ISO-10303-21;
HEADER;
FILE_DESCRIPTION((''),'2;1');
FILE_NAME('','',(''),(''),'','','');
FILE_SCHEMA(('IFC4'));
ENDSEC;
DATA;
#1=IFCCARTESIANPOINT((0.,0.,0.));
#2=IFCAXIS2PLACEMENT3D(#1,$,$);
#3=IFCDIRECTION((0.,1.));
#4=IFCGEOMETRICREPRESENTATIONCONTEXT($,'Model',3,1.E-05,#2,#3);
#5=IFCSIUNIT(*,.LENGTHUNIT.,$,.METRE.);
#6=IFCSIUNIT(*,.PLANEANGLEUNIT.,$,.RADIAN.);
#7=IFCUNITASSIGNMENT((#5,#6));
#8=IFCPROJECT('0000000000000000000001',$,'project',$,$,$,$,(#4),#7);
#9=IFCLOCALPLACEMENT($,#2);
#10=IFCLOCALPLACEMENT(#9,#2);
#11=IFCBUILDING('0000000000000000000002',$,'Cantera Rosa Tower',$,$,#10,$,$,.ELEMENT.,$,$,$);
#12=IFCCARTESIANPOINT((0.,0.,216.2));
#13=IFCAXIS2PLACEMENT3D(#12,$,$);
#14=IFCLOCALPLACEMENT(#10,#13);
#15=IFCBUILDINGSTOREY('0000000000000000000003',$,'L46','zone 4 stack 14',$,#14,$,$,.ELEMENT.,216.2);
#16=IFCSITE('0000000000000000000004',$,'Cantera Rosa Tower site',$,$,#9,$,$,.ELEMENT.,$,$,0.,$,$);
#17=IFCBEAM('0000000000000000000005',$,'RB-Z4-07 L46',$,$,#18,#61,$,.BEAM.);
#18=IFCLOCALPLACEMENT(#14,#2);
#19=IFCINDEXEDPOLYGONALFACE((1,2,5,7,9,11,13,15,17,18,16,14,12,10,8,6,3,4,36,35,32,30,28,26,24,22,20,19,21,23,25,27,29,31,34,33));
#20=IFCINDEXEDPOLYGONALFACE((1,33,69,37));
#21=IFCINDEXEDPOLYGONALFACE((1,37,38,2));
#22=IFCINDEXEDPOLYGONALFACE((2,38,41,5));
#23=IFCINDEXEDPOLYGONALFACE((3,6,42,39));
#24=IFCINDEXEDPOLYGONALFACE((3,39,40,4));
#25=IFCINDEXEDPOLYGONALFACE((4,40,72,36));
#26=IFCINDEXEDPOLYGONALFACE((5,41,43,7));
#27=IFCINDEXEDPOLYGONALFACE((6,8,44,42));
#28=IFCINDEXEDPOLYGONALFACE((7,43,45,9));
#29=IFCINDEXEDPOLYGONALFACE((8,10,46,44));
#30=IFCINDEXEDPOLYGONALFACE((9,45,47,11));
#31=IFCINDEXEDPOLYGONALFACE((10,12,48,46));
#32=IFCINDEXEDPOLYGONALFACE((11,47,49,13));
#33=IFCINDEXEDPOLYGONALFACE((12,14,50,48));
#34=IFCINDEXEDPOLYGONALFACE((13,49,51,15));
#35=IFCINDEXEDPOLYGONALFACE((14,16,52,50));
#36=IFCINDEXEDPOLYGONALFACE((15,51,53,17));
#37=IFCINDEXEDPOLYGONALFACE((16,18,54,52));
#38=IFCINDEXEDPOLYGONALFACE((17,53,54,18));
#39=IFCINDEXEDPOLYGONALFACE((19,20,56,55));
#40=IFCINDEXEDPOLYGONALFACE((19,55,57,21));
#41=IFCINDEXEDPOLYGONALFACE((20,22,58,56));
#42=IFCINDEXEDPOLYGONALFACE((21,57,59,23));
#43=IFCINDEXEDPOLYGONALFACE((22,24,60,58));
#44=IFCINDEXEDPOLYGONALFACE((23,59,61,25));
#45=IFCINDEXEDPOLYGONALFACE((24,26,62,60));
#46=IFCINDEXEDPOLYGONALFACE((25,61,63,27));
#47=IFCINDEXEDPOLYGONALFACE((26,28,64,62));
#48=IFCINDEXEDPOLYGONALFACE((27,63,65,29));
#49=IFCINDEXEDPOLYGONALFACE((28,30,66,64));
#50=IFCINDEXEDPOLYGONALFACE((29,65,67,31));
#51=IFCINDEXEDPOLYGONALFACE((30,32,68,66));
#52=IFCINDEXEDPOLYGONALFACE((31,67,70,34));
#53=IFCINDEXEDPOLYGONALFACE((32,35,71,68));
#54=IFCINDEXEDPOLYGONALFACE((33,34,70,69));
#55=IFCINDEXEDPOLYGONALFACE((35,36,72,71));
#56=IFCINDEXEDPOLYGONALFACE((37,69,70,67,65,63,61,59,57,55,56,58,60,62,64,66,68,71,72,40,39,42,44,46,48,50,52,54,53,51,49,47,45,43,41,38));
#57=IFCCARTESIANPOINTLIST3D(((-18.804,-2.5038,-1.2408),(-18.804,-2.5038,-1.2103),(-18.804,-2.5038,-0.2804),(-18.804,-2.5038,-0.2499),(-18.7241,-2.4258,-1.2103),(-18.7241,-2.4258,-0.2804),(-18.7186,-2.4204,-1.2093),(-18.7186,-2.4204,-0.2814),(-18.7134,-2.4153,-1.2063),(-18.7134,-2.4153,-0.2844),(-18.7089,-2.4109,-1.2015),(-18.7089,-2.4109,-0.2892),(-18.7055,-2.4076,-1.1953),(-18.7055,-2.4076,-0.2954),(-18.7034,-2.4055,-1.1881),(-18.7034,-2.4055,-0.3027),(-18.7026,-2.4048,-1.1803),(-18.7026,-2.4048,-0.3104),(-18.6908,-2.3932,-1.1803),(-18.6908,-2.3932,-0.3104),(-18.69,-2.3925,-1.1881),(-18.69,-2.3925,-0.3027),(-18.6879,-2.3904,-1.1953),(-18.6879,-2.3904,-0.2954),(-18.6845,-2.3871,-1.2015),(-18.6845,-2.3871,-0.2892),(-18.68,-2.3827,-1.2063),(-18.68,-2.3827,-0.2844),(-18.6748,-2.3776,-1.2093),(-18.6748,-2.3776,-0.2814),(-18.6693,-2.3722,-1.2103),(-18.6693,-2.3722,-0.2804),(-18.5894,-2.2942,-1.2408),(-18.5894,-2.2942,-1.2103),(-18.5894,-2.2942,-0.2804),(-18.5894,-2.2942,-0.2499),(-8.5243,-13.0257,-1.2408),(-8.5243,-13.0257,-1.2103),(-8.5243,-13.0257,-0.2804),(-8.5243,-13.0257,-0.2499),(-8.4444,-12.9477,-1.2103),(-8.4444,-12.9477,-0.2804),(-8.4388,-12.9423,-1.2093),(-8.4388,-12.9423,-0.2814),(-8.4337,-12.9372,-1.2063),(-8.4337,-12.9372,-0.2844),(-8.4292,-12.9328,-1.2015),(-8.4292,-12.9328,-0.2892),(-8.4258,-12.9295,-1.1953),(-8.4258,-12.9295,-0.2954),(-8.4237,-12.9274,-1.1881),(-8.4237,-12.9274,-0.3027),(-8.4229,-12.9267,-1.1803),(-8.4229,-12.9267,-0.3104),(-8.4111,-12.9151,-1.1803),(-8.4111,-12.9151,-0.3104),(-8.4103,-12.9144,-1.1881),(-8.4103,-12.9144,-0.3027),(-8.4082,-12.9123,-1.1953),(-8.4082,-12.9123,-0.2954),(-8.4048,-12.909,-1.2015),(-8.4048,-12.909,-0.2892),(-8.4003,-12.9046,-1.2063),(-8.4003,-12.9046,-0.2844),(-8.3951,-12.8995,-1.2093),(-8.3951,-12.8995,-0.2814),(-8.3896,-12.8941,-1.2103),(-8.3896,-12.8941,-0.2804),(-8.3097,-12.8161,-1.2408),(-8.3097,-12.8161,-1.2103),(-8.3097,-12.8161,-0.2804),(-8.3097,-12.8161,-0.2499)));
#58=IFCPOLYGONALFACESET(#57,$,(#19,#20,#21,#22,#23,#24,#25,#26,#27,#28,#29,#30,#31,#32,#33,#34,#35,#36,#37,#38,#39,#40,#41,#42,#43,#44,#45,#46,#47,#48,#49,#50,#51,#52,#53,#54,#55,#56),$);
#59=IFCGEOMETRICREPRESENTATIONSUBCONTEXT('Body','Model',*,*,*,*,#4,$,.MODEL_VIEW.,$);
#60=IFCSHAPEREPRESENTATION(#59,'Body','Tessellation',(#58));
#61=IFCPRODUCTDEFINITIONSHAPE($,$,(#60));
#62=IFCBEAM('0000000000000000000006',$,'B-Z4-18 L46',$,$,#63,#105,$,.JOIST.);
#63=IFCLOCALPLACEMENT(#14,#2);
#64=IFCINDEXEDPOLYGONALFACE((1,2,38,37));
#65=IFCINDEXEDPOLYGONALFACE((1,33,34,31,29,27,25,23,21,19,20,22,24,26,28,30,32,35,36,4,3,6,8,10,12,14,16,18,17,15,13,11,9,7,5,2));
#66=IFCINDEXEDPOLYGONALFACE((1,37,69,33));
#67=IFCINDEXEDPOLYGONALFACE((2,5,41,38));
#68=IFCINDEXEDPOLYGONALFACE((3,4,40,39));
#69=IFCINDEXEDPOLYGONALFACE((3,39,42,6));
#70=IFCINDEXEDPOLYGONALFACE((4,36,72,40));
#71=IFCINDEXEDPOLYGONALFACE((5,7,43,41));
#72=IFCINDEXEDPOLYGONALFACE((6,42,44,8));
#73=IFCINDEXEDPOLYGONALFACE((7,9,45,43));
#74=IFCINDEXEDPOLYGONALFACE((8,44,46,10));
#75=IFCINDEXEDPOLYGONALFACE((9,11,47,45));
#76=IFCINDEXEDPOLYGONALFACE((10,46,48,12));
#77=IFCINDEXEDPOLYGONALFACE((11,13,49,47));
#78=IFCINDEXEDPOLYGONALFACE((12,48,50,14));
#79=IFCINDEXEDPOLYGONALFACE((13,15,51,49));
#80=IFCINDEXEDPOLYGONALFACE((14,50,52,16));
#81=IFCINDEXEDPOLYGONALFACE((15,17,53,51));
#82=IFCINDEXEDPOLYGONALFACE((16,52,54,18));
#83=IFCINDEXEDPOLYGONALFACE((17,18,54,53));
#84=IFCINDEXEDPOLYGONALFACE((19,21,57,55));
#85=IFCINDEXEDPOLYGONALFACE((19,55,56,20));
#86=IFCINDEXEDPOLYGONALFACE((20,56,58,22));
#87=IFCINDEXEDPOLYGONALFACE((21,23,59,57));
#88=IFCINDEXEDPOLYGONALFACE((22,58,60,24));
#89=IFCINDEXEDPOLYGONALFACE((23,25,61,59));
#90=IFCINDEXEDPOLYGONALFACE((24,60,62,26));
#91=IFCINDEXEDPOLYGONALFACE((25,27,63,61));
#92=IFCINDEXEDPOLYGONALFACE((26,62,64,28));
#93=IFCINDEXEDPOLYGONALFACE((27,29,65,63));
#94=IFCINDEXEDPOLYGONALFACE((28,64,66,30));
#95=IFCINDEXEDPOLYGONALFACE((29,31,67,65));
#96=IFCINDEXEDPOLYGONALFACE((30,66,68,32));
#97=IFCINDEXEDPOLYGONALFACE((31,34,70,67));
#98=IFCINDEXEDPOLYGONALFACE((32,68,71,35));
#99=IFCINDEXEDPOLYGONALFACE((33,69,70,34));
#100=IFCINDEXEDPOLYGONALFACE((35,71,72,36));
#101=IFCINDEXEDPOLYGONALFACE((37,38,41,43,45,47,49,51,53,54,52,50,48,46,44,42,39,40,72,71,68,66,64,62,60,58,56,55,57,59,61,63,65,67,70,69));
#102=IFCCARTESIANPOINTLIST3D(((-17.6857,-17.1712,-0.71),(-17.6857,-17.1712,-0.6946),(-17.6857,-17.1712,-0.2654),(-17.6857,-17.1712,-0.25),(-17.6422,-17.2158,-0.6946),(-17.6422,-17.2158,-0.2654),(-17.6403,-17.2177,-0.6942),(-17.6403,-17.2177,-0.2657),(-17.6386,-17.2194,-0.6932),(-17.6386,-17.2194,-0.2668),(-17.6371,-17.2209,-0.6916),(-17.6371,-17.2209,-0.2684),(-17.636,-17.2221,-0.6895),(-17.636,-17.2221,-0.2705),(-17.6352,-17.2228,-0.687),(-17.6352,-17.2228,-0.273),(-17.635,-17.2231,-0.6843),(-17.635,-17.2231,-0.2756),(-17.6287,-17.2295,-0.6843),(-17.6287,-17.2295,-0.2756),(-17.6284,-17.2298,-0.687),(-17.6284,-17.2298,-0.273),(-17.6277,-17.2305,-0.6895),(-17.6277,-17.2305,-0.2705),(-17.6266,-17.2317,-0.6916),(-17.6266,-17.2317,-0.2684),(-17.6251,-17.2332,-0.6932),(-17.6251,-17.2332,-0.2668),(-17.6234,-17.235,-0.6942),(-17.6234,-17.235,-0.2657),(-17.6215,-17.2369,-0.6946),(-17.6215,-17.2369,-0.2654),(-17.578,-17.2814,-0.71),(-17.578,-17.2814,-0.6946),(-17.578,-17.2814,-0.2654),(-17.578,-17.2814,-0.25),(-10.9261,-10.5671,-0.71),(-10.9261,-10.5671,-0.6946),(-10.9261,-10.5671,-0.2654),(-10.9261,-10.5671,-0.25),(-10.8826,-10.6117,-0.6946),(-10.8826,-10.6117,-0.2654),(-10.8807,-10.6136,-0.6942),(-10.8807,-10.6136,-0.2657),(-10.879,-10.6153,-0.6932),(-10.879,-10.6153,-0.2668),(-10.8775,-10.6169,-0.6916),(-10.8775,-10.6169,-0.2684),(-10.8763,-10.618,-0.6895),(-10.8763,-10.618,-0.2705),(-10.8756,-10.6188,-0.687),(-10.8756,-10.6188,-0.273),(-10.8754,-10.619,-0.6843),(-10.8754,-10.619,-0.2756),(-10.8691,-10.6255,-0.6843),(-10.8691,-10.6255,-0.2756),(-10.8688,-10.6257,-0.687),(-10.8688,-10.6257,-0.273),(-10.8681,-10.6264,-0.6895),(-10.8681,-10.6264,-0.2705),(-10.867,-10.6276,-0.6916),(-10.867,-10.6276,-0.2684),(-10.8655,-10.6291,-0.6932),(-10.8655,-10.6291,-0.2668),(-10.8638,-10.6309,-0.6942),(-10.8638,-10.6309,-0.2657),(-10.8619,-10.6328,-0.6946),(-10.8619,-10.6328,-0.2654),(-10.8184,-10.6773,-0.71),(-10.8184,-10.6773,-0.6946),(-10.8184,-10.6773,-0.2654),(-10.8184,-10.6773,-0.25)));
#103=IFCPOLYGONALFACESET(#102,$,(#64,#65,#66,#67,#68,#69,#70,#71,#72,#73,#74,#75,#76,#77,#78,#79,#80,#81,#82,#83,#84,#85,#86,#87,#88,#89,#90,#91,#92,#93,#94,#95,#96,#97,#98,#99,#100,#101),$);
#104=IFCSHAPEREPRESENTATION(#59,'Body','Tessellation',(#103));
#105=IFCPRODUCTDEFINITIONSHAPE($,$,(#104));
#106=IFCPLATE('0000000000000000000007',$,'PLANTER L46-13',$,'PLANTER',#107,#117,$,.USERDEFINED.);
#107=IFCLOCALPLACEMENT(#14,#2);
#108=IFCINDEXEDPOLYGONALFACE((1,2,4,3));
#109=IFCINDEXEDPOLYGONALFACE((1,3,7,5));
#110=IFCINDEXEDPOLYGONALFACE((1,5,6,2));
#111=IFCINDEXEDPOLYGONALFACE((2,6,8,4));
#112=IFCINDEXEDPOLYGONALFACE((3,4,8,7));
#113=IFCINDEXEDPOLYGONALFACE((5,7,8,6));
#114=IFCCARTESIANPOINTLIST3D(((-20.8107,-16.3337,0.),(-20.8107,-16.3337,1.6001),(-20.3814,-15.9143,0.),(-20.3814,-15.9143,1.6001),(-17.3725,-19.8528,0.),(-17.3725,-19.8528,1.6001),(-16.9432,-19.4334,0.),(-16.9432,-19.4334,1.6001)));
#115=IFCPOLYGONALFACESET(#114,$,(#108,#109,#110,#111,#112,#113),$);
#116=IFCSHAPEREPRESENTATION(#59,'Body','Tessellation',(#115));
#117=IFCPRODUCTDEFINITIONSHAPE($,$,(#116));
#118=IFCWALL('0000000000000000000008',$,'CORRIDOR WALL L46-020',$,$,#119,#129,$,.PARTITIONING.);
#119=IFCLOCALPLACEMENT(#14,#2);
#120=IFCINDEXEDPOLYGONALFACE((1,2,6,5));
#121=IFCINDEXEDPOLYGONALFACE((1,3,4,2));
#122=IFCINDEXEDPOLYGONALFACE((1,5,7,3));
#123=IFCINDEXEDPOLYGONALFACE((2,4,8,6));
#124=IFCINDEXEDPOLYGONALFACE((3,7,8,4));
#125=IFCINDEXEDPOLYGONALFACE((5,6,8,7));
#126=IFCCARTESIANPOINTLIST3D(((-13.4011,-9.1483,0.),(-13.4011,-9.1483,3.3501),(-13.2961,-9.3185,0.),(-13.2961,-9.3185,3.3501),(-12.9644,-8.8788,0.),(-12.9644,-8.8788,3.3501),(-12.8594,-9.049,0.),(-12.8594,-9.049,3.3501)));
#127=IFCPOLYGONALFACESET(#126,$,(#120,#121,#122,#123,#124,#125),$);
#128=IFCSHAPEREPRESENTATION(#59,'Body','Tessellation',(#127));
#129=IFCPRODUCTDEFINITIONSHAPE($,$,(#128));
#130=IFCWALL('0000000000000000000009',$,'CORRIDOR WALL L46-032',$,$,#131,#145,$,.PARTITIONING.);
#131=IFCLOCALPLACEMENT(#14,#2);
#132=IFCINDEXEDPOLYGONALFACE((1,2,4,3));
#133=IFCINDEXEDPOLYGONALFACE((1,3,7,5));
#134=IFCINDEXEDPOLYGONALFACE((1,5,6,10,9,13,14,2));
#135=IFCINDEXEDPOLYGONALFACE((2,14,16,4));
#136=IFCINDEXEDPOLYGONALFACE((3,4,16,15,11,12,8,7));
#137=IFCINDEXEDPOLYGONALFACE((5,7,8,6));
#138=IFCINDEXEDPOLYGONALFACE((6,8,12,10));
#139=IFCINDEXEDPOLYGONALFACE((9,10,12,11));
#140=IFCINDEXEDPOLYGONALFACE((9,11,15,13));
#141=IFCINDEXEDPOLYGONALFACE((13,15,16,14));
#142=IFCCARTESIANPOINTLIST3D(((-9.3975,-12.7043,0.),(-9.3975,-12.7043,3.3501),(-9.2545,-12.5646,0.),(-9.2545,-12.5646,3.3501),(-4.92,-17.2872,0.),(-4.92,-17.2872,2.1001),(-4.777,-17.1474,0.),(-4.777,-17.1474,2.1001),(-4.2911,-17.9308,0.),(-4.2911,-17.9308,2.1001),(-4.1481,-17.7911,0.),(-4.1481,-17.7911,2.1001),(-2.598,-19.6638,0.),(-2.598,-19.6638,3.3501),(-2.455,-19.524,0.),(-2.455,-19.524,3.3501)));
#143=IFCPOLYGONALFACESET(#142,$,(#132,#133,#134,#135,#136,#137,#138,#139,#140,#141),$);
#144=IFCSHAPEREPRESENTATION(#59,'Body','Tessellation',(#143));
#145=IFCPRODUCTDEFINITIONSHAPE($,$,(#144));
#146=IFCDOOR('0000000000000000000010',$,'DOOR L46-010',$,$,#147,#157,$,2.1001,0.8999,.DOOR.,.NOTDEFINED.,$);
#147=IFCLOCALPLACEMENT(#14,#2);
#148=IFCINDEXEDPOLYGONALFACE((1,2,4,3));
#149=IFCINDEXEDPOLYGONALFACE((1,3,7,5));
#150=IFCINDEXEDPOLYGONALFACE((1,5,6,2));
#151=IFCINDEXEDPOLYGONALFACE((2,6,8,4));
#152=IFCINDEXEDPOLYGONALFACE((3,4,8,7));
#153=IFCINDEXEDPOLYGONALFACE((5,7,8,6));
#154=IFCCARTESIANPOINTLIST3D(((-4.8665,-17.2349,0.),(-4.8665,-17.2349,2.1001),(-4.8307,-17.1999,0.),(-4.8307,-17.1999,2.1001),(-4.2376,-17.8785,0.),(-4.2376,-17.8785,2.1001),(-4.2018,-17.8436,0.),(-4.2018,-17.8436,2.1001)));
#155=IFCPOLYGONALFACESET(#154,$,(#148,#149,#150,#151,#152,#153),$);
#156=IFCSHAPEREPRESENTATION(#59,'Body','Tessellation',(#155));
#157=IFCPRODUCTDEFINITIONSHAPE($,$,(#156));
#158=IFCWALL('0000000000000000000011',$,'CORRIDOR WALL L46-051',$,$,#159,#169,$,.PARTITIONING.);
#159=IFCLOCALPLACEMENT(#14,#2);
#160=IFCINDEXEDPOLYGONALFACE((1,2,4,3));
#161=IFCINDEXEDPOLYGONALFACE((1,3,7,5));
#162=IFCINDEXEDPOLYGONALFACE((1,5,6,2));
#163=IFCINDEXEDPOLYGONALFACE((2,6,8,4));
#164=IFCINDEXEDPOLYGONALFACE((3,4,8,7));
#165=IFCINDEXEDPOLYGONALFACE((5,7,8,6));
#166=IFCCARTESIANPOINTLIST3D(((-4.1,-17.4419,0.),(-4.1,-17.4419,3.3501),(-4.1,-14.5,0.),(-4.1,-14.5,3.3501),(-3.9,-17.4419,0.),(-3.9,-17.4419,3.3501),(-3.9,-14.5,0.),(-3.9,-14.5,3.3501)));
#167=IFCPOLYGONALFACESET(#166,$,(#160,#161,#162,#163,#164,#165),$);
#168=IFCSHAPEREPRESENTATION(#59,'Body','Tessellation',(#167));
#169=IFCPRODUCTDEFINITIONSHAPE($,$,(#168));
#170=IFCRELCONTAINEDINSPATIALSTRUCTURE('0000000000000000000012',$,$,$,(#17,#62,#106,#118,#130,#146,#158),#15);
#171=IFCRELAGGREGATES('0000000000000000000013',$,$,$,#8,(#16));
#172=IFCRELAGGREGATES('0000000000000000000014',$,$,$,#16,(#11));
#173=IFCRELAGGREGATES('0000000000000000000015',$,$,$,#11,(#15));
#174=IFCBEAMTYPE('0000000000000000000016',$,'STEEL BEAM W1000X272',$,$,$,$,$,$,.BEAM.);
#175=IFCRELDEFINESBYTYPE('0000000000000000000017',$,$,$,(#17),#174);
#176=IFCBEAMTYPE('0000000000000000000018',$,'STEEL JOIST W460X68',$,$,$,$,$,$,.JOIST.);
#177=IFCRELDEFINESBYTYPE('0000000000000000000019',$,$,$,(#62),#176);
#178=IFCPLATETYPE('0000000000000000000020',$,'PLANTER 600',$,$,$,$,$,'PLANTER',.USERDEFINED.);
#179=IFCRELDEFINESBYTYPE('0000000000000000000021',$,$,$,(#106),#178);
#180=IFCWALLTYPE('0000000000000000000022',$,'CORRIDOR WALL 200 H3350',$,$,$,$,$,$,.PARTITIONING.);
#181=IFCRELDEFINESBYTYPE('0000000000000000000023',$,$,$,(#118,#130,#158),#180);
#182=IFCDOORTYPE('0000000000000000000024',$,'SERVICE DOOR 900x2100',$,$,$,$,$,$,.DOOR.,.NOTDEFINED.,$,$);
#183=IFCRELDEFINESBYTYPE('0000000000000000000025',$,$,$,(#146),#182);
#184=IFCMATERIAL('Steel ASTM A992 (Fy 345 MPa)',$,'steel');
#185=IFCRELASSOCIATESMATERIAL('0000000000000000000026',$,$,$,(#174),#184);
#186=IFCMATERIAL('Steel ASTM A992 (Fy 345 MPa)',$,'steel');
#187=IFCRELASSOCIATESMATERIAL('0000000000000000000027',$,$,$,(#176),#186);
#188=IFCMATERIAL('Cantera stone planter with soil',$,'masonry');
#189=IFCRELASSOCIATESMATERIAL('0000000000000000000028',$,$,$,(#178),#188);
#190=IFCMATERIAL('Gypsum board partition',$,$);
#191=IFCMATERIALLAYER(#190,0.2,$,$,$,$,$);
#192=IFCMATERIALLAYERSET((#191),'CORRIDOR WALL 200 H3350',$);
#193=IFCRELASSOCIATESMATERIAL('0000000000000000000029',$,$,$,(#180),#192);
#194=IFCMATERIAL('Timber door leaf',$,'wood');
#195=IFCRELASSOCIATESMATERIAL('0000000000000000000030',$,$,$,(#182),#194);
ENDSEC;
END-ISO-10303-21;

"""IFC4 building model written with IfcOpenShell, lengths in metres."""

from ifc_helpers import new_model, si_unit, direction, frame, frame_2d, origin, origin_2d, place, context, subcontext, project, spatial, rectangle, i_section, extrude, material, layer, layer_set, material_profile, profile_set, type_object, element, fill, save


model = new_model("IFC4")

# Units and contexts
model_context = context("Model", 3, precision=1e-05, world=origin(), true_north=direction((0.0, 1.0)))
body_context = subcontext(model_context, "Body", "Model", "MODEL_VIEW")
ifc_project = project(units=[si_unit("LENGTHUNIT", "METRE"), si_unit("PLANEANGLEUNIT", "RADIAN")], contexts=[model_context])

# Site, building, storey
site_placement = place(None, origin())
site = spatial("IfcSite", under=ifc_project, at=site_placement, Name="Cantera Rosa Tower site", CompositionType="ELEMENT", RefElevation=0.0)
building_placement = place(site_placement, origin())
building = spatial("IfcBuilding", under=site, at=building_placement, Name="Cantera Rosa Tower", CompositionType="ELEMENT")
storey_placement = place(building_placement, frame((0.0, 0.0, 216.2)))
storey = spatial("IfcBuildingStorey", under=building, at=storey_placement, Name="L46", Description="zone 4 stack 14", CompositionType="ELEMENT", Elevation=216.2)

# Beams
ifc_material_1 = material(Name="Steel ASTM A992 (Fy 345 MPa)", Category="steel")
ifc_material_profile_1 = material_profile(ifc_material_1, i_section(OverallWidth=0.3, OverallDepth=0.991, WebThickness=0.0166, FlangeThickness=0.0305, FilletRadius=0.03, at=origin_2d()), Name="W1000X272")
ifc_profile_set_1 = profile_set([ifc_material_profile_1], Name="Steel ASTM A992 (Fy 345 MPa)")
beam_type_1 = type_object("IfcBeamType", Name="STEEL BEAM W1000X272", PredefinedType="BEAM", material=ifc_profile_set_1)
beam_1_placement = place(storey_placement, frame((-8.417, -12.9209, -0.7454), z_axis=(-0.698827, 0.715291, 0.0), x_axis=(-0.715291, -0.698827, 0.0)))
element("IfcBeam", 1, at=beam_1_placement, inside=storey, type_object=beam_type_1, Name="RB-Z4-07 L46", PredefinedType="BEAM", context=body_context, shape_type="SweptSolid", body=[
    extrude(i_section(OverallWidth=0.3, OverallDepth=0.991, WebThickness=0.0166, FlangeThickness=0.0305, FilletRadius=0.03, at=origin_2d()), origin(), (0.0, 0.0, 1.0), 14.71),
])
ifc_material_2 = material(Name="Steel ASTM A992 (Fy 345 MPa)", Category="steel")
ifc_material_profile_2 = material_profile(ifc_material_2, i_section(OverallWidth=0.1541, OverallDepth=0.46, WebThickness=0.009, FlangeThickness=0.0154, FilletRadius=0.0103, at=origin_2d()), Name="W460X68")
ifc_profile_set_2 = profile_set([ifc_material_profile_2], Name="Steel ASTM A992 (Fy 345 MPa)")
beam_type_2 = type_object("IfcBeamType", Name="STEEL JOIST W460X68", PredefinedType="JOIST", material=ifc_profile_set_2)
beam_2_placement = place(storey_placement, frame((-17.6318, -17.2263, -0.48), z_axis=(0.715287, 0.698831, 0.0), x_axis=(-0.698831, 0.715287, 0.0)))
element("IfcBeam", 2, at=beam_2_placement, inside=storey, type_object=beam_type_2, Name="B-Z4-18 L46", PredefinedType="JOIST", context=body_context, shape_type="SweptSolid", body=[
    extrude(i_section(OverallWidth=0.1541, OverallDepth=0.46, WebThickness=0.009, FlangeThickness=0.0154, FilletRadius=0.0103, at=origin_2d()), origin(), (0.0, 0.0, 1.0), 9.4502),
])

# Plate
ifc_material_3 = material(Name="Cantera stone planter with soil", Category="masonry")
plate_type = type_object("IfcPlateType", Name="PLANTER 600", ElementType="PLANTER", PredefinedType="USERDEFINED", material=ifc_material_3)
plate_placement = place(storey_placement, frame((-18.877, -17.8835, 0.0), z_axis=(0.0, 0.0, 1.0), x_axis=(0.698832, -0.715286, 0.0)))
element("IfcPlate", 3, at=plate_placement, inside=storey, type_object=plate_type, Name="PLANTER L46-13", ObjectType="PLANTER", PredefinedType="USERDEFINED", context=body_context, shape_type="SweptSolid", body=[
    extrude(rectangle(XDim=4.9199, YDim=0.6001, at=origin_2d()), origin(), (0.0, 0.0, 1.0), 1.6001),
])

# Wall
ifc_material_4 = material(Name="Gypsum board partition")
ifc_layer_1 = layer(ifc_material_4, 0.2)
ifc_layer_set_1 = layer_set([ifc_layer_1], Name="CORRIDOR WALL 200 H3350")
wall_type_1 = type_object("IfcWallType", Name="CORRIDOR WALL 200 H3350", PredefinedType="PARTITIONING", material=ifc_layer_set_1)
wall_1_placement = place(storey_placement, frame((-13.3486, -9.2334, 0.0), z_axis=(0.0, 0.0, 1.0), x_axis=(0.851004, 0.525159, 0.0)))
element("IfcWall", 4, at=wall_1_placement, inside=storey, type_object=wall_type_1, Name="CORRIDOR WALL L46-020", PredefinedType="PARTITIONING", context=body_context, shape_type="SweptSolid", body=[
    extrude(rectangle(XDim=0.5132, YDim=0.2, at=frame_2d((0.2566, 0.0))), origin(), (0.0, 0.0, 1.0), 3.3501),
])

# Wall, opening, door
wall_2_placement = place(storey_placement, frame((-9.3259, -12.6345, 0.0), z_axis=(0.0, 0.0, 1.0), x_axis=(0.698841, -0.715277, 0.0)))
wall_2 = element("IfcWall", 5, at=wall_2_placement, inside=storey, type_object=wall_type_1, Name="CORRIDOR WALL L46-032", PredefinedType="PARTITIONING", context=body_context, shape_type="SweptSolid", body=[
    extrude(rectangle(XDim=9.7297, YDim=0.2, at=frame_2d((4.8647, 0.0))), origin(), (0.0, 0.0, 1.0), 3.3501),
])
opening_1_placement = place(wall_2_placement, frame((6.407, 0.0, 0.0)))
opening_1 = element("IfcOpeningElement", 6, at=opening_1_placement, cuts=wall_2, PredefinedType="OPENING", context=body_context, shape_type="SweptSolid", body=[
    extrude(rectangle(XDim=0.8999, YDim=2.1001, at=frame_2d((0.45, 1.05))), frame((0.0, 0.1099, 0.0), z_axis=(0.0, -1.0, 0.0), x_axis=(1.0, 0.0, 0.0)), (0.0, 0.0, 1.0), 0.22),
])
ifc_material_5 = material(Name="Timber door leaf", Category="wood")
door_type_1 = type_object("IfcDoorType", Name="SERVICE DOOR 900x2100", OperationType="NOTDEFINED", PredefinedType="DOOR", material=ifc_material_5)
door_1_placement = place(opening_1_placement, origin())
door_1 = element("IfcDoor", 7, at=door_1_placement, inside=storey, type_object=door_type_1, Name="DOOR L46-010", OperationType="NOTDEFINED", OverallHeight=2.1001, OverallWidth=0.8999, PredefinedType="DOOR", context=body_context, shape_type="SweptSolid", body=[
    extrude(rectangle(XDim=0.8999, YDim=2.1001, at=frame_2d((0.45, 1.05))), frame((0.0, 0.0249, 0.0), z_axis=(0.0, -1.0, 0.0), x_axis=(1.0, 0.0, 0.0)), (0.0, 0.0, 1.0), 0.05),
])
fill(opening_1, door_1)

# Wall
wall_3_placement = place(storey_placement, frame((-4.0, -14.5, 0.0), z_axis=(0.0, 0.0, 1.0), x_axis=(0.0, -1.0, 0.0)))
element("IfcWall", 8, at=wall_3_placement, inside=storey, type_object=wall_type_1, Name="CORRIDOR WALL L46-051", PredefinedType="PARTITIONING", context=body_context, shape_type="SweptSolid", body=[
    extrude(rectangle(XDim=2.9419, YDim=0.2, at=frame_2d((1.4709, 0.0))), origin(), (0.0, 0.0, 1.0), 3.3501),
])

save(model, "model.ifc")
